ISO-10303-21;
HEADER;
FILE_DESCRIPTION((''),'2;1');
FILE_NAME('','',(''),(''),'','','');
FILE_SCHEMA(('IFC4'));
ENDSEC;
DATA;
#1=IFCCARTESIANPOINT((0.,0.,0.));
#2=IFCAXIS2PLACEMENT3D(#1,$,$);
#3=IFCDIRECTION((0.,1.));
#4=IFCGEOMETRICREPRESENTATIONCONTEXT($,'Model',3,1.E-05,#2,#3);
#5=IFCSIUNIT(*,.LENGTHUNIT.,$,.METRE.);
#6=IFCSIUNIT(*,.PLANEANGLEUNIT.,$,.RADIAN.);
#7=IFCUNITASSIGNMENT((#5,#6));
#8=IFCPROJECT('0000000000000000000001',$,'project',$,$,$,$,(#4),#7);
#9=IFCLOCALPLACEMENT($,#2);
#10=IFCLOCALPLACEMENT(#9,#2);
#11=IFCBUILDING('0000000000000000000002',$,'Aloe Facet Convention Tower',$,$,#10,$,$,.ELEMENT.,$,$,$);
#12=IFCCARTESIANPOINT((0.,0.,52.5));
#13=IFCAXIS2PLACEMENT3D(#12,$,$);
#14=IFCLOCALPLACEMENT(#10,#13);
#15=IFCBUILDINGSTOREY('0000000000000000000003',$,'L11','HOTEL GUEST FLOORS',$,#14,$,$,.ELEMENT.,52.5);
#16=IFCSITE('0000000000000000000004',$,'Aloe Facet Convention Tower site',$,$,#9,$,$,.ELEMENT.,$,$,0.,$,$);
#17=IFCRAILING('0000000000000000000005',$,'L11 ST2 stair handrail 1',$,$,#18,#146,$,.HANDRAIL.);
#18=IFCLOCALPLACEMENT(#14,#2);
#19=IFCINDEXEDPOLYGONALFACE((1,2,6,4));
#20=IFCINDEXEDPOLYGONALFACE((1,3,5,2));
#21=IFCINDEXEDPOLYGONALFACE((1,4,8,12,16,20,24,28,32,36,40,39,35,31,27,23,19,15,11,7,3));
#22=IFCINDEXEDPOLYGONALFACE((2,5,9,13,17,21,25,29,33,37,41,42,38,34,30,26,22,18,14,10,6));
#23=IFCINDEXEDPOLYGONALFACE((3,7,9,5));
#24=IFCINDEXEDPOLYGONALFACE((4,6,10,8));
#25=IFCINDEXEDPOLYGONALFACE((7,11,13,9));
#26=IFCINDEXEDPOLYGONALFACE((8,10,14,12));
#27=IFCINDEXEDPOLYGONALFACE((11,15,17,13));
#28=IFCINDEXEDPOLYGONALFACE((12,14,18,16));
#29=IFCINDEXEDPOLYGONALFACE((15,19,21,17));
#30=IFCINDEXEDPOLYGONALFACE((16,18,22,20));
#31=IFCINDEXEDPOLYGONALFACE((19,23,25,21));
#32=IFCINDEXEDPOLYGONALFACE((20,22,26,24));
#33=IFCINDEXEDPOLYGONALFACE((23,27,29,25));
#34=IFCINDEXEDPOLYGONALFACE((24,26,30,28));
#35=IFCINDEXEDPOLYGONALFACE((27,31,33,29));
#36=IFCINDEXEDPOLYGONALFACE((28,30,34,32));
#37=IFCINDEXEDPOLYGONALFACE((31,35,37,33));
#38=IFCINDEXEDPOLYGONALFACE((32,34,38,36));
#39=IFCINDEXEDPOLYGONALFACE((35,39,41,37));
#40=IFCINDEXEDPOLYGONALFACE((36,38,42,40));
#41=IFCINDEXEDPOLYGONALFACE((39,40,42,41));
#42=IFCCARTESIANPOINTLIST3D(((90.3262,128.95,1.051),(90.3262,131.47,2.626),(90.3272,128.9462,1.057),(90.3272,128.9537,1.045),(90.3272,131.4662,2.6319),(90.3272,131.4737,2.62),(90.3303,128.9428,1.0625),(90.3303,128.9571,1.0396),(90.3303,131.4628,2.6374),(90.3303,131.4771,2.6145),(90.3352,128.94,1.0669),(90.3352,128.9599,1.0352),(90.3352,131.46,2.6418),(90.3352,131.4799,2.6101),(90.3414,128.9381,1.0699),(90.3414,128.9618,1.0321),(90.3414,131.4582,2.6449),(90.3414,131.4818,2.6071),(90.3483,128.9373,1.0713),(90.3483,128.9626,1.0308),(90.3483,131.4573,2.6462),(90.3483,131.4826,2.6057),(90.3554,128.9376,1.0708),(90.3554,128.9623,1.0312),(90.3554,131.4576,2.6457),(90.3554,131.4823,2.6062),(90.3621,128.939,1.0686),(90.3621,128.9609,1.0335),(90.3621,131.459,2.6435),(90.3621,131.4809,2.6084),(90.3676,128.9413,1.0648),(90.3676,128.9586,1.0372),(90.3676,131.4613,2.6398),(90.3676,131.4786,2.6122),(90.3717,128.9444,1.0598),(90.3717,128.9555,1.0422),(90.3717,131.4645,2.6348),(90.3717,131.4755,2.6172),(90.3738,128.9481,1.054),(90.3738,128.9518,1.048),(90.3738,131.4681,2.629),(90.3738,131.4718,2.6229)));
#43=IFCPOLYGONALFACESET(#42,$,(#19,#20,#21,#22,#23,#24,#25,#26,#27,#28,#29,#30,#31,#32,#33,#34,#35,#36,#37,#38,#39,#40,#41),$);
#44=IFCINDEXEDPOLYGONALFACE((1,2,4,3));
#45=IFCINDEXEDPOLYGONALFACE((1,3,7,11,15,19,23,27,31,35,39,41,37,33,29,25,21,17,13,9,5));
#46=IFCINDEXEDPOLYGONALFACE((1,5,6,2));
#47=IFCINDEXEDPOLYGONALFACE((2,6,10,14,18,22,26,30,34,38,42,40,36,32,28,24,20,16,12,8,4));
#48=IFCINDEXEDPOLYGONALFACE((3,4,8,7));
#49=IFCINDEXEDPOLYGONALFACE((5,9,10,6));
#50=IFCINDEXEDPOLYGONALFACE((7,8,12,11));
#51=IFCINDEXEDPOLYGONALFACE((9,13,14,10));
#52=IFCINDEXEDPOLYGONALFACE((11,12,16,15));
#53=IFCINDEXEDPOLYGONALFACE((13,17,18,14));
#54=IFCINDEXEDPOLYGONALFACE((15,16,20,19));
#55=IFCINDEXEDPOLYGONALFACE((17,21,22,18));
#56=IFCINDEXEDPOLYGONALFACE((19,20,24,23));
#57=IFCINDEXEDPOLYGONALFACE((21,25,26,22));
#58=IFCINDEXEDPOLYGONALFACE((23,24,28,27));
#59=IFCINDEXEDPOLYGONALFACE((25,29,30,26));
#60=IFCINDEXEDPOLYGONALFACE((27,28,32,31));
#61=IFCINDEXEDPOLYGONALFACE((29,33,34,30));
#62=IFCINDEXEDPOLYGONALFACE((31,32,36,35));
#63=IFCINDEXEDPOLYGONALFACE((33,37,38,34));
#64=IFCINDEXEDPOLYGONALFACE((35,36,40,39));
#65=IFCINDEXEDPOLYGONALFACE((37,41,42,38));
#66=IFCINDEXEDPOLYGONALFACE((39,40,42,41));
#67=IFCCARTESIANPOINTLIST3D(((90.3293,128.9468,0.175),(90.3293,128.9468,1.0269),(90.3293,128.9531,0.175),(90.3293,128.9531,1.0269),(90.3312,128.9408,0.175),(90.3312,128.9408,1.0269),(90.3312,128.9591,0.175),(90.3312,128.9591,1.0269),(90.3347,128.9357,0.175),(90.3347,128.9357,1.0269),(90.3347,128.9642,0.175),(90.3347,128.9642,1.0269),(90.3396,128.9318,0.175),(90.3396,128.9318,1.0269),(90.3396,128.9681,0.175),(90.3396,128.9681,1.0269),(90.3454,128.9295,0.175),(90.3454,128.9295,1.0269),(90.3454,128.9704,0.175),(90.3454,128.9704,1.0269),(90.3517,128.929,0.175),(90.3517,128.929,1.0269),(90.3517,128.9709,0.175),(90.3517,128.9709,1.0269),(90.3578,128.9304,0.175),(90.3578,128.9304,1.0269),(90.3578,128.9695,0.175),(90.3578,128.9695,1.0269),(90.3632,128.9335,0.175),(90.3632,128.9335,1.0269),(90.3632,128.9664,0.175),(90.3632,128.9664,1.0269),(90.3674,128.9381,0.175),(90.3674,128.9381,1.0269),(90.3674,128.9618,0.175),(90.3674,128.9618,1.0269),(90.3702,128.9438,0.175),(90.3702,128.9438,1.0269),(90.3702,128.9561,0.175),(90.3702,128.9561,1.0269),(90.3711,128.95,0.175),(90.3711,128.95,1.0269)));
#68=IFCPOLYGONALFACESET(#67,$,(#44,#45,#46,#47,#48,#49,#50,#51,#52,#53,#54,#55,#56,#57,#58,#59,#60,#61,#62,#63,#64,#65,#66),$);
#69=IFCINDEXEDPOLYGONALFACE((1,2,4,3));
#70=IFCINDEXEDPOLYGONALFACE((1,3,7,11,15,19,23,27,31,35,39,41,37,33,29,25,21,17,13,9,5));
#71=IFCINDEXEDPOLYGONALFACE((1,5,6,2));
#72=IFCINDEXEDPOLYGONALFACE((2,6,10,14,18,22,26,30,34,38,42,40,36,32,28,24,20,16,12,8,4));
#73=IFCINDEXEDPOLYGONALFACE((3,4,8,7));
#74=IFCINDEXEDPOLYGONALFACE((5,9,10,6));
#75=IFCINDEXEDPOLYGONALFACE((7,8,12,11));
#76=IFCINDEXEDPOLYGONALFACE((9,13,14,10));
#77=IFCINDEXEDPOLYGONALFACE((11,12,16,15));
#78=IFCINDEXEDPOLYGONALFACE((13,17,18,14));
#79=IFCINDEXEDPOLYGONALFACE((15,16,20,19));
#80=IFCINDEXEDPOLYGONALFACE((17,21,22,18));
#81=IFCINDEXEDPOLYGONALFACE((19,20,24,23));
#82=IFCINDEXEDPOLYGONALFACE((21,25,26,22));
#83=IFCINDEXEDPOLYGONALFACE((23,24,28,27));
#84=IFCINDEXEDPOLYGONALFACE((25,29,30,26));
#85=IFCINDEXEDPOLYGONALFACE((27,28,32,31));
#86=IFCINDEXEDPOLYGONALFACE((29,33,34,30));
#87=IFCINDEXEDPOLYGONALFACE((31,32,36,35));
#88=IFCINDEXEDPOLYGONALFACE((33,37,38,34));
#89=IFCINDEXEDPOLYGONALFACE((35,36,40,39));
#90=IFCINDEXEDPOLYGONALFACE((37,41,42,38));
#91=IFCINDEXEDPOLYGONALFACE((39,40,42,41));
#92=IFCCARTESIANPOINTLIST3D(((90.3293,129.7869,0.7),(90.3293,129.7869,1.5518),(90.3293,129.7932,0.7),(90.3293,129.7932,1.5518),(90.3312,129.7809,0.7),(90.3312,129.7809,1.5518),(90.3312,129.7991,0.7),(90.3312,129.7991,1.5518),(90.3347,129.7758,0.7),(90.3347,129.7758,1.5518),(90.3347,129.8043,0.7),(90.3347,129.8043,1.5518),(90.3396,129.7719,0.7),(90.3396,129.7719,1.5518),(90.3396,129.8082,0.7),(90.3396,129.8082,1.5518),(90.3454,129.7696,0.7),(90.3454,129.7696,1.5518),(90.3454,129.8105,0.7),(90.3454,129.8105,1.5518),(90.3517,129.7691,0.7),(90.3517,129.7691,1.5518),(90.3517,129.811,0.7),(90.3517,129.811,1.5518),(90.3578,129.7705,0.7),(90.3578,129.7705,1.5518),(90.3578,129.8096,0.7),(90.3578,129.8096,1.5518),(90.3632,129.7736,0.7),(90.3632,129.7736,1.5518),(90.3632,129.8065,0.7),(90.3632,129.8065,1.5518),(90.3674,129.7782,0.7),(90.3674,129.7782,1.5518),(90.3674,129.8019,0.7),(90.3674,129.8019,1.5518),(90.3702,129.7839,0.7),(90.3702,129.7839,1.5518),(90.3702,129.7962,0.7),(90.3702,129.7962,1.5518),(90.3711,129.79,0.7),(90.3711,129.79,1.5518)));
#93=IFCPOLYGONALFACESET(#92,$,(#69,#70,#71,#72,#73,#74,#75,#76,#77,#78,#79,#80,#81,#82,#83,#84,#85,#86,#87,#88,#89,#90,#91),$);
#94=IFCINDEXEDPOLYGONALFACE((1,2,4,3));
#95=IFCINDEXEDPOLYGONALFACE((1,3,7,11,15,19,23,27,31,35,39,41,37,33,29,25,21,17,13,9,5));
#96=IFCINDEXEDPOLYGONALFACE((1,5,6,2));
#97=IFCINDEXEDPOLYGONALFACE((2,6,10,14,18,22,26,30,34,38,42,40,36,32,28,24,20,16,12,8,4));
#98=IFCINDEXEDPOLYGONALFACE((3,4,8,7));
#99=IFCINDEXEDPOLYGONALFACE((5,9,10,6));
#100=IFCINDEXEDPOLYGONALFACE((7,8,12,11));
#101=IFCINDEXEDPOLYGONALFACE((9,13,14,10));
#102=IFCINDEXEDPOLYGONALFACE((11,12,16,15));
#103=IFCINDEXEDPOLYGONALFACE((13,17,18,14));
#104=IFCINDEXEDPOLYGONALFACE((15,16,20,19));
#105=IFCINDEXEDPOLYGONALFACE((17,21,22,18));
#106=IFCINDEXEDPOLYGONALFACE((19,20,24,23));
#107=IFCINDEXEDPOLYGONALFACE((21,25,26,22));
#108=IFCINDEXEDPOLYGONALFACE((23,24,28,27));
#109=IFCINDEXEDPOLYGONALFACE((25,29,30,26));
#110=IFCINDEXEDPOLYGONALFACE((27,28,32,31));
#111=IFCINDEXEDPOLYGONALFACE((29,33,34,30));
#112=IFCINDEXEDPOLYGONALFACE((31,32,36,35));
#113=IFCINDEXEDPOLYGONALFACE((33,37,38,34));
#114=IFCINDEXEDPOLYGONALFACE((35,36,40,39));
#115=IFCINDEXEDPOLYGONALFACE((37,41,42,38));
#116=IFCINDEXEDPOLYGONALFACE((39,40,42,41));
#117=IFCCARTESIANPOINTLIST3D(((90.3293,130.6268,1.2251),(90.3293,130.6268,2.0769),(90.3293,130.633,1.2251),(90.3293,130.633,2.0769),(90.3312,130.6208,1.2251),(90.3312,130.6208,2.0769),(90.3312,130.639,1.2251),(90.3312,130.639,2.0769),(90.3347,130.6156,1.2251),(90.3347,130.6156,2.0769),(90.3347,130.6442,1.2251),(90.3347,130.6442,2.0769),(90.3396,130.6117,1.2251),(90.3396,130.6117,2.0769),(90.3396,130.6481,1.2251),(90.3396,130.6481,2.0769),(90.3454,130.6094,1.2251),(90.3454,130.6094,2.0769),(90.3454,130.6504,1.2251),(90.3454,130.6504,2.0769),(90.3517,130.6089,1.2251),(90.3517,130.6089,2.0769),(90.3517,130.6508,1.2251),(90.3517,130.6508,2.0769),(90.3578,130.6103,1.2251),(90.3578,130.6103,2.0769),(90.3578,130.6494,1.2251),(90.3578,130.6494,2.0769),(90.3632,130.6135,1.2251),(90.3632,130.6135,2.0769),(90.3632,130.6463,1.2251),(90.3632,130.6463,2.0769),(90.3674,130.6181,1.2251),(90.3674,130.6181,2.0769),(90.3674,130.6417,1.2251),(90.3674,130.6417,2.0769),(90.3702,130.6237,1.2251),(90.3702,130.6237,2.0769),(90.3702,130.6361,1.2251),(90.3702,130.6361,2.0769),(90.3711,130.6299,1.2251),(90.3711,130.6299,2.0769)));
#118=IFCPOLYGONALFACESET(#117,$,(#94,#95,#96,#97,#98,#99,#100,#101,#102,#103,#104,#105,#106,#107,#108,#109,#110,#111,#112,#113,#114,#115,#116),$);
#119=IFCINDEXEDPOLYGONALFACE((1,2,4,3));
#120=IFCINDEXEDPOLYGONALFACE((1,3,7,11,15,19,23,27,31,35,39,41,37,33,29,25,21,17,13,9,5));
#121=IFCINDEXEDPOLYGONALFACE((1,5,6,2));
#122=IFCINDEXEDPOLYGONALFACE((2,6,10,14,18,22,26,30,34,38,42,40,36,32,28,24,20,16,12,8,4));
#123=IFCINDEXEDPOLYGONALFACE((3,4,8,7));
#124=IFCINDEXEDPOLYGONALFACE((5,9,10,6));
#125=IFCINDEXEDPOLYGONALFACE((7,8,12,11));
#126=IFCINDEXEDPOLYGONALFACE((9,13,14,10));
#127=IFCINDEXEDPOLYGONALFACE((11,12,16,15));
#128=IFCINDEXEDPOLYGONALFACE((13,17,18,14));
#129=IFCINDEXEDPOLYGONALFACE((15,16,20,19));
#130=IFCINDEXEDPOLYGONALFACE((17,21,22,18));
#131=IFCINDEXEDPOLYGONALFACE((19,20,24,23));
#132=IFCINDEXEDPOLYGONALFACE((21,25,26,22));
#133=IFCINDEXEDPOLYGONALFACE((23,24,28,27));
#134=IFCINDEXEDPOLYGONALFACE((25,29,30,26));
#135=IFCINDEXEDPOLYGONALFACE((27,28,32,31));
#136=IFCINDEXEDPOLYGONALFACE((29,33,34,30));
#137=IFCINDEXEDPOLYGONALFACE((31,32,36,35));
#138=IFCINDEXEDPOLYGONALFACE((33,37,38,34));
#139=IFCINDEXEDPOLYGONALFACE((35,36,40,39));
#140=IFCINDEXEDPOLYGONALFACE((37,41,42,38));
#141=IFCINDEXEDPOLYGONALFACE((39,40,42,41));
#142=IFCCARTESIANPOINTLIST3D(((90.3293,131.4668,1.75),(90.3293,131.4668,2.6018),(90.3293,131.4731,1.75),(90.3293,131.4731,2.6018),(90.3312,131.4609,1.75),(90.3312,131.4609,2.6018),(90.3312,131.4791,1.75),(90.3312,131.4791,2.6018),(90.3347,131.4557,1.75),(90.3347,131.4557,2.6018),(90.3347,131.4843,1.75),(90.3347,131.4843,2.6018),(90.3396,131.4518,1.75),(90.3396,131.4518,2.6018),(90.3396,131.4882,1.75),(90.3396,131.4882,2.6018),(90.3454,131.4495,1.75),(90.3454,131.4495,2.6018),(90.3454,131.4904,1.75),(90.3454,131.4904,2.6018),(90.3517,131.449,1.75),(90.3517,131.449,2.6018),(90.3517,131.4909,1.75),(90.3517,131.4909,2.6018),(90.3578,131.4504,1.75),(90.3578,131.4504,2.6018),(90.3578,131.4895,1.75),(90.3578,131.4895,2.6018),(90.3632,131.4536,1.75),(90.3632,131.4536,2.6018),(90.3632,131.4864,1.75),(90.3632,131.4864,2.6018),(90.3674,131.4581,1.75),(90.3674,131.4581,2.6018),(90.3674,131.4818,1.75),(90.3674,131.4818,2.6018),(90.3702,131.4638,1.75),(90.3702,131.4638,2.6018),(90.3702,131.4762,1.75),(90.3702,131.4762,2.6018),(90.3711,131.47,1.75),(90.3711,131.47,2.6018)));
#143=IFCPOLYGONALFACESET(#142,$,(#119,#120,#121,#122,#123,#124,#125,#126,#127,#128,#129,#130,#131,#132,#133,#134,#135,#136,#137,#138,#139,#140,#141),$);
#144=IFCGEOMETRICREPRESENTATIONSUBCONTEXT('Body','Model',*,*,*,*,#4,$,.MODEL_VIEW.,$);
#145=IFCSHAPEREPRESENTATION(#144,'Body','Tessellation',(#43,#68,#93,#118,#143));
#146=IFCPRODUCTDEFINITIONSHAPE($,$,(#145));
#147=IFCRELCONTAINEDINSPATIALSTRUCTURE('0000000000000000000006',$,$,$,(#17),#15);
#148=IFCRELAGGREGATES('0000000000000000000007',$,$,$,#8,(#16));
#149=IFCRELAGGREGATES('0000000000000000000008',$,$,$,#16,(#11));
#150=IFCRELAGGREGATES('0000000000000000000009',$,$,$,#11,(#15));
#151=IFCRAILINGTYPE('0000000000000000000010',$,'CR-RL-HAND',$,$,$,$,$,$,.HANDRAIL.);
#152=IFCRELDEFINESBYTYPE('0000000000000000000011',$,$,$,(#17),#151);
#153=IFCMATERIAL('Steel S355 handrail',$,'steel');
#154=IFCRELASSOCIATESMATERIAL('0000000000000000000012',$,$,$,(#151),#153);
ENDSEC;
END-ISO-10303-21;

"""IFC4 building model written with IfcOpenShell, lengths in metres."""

from ifc_helpers import new_model, si_unit, direction, frame, origin, origin_2d, place, context, subcontext, project, spatial, circle, extrude, material, type_object, element, save


model = new_model("IFC4")

# Units and contexts
model_context = context("Model", 3, precision=1e-05, world=origin(), true_north=direction((0.0, 1.0)))
body_context = subcontext(model_context, "Body", "Model", "MODEL_VIEW")
ifc_project = project(units=[si_unit("LENGTHUNIT", "METRE"), si_unit("PLANEANGLEUNIT", "RADIAN")], contexts=[model_context])

# Site, building, storey
site_placement = place(None, origin())
site = spatial("IfcSite", under=ifc_project, at=site_placement, Name="Aloe Facet Convention Tower site", CompositionType="ELEMENT", RefElevation=0.0)
building_placement = place(site_placement, origin())
building = spatial("IfcBuilding", under=site, at=building_placement, Name="Aloe Facet Convention Tower", CompositionType="ELEMENT")
storey_placement = place(building_placement, frame((0.0, 0.0, 52.5)))
storey = spatial("IfcBuildingStorey", under=building, at=storey_placement, Name="L11", Description="HOTEL GUEST FLOORS", CompositionType="ELEMENT", Elevation=52.5)

# Railing
ifc_material_1 = material(Name="Steel S355 handrail", Category="steel")
railing_type_1 = type_object("IfcRailingType", Name="CR-RL-HAND", PredefinedType="HANDRAIL", material=ifc_material_1)
railing_1_placement = place(storey_placement, frame((90.3501, 128.95, 0.175)))
element("IfcRailing", 1, at=railing_1_placement, inside=storey, type_object=railing_type_1, Name="L11 ST2 stair handrail 1", PredefinedType="HANDRAIL", context=body_context, shape_type="SweptSolid", body=[
    extrude(circle(Radius=0.0239, at=origin_2d()), frame((0.0, 0.0, 0.876), z_axis=(0.0, 0.848008, 0.529984), x_axis=(-1.0, 0.0, 0.0)), (0.0, 0.0, 1.0), 2.9717),
    extrude(circle(Radius=0.021, at=origin_2d()), origin(), (0.0, 0.0, 1.0), 0.8518),
    extrude(circle(Radius=0.021, at=origin_2d()), frame((0.0, 0.8401, 0.5249)), (0.0, 0.0, 1.0), 0.8518),
    extrude(circle(Radius=0.021, at=origin_2d()), frame((0.0, 1.6799, 1.05)), (0.0, 0.0, 1.0), 0.8518),
    extrude(circle(Radius=0.021, at=origin_2d()), frame((0.0, 2.52, 1.575)), (0.0, 0.0, 1.0), 0.8518),
])

save(model, "model.ifc")
